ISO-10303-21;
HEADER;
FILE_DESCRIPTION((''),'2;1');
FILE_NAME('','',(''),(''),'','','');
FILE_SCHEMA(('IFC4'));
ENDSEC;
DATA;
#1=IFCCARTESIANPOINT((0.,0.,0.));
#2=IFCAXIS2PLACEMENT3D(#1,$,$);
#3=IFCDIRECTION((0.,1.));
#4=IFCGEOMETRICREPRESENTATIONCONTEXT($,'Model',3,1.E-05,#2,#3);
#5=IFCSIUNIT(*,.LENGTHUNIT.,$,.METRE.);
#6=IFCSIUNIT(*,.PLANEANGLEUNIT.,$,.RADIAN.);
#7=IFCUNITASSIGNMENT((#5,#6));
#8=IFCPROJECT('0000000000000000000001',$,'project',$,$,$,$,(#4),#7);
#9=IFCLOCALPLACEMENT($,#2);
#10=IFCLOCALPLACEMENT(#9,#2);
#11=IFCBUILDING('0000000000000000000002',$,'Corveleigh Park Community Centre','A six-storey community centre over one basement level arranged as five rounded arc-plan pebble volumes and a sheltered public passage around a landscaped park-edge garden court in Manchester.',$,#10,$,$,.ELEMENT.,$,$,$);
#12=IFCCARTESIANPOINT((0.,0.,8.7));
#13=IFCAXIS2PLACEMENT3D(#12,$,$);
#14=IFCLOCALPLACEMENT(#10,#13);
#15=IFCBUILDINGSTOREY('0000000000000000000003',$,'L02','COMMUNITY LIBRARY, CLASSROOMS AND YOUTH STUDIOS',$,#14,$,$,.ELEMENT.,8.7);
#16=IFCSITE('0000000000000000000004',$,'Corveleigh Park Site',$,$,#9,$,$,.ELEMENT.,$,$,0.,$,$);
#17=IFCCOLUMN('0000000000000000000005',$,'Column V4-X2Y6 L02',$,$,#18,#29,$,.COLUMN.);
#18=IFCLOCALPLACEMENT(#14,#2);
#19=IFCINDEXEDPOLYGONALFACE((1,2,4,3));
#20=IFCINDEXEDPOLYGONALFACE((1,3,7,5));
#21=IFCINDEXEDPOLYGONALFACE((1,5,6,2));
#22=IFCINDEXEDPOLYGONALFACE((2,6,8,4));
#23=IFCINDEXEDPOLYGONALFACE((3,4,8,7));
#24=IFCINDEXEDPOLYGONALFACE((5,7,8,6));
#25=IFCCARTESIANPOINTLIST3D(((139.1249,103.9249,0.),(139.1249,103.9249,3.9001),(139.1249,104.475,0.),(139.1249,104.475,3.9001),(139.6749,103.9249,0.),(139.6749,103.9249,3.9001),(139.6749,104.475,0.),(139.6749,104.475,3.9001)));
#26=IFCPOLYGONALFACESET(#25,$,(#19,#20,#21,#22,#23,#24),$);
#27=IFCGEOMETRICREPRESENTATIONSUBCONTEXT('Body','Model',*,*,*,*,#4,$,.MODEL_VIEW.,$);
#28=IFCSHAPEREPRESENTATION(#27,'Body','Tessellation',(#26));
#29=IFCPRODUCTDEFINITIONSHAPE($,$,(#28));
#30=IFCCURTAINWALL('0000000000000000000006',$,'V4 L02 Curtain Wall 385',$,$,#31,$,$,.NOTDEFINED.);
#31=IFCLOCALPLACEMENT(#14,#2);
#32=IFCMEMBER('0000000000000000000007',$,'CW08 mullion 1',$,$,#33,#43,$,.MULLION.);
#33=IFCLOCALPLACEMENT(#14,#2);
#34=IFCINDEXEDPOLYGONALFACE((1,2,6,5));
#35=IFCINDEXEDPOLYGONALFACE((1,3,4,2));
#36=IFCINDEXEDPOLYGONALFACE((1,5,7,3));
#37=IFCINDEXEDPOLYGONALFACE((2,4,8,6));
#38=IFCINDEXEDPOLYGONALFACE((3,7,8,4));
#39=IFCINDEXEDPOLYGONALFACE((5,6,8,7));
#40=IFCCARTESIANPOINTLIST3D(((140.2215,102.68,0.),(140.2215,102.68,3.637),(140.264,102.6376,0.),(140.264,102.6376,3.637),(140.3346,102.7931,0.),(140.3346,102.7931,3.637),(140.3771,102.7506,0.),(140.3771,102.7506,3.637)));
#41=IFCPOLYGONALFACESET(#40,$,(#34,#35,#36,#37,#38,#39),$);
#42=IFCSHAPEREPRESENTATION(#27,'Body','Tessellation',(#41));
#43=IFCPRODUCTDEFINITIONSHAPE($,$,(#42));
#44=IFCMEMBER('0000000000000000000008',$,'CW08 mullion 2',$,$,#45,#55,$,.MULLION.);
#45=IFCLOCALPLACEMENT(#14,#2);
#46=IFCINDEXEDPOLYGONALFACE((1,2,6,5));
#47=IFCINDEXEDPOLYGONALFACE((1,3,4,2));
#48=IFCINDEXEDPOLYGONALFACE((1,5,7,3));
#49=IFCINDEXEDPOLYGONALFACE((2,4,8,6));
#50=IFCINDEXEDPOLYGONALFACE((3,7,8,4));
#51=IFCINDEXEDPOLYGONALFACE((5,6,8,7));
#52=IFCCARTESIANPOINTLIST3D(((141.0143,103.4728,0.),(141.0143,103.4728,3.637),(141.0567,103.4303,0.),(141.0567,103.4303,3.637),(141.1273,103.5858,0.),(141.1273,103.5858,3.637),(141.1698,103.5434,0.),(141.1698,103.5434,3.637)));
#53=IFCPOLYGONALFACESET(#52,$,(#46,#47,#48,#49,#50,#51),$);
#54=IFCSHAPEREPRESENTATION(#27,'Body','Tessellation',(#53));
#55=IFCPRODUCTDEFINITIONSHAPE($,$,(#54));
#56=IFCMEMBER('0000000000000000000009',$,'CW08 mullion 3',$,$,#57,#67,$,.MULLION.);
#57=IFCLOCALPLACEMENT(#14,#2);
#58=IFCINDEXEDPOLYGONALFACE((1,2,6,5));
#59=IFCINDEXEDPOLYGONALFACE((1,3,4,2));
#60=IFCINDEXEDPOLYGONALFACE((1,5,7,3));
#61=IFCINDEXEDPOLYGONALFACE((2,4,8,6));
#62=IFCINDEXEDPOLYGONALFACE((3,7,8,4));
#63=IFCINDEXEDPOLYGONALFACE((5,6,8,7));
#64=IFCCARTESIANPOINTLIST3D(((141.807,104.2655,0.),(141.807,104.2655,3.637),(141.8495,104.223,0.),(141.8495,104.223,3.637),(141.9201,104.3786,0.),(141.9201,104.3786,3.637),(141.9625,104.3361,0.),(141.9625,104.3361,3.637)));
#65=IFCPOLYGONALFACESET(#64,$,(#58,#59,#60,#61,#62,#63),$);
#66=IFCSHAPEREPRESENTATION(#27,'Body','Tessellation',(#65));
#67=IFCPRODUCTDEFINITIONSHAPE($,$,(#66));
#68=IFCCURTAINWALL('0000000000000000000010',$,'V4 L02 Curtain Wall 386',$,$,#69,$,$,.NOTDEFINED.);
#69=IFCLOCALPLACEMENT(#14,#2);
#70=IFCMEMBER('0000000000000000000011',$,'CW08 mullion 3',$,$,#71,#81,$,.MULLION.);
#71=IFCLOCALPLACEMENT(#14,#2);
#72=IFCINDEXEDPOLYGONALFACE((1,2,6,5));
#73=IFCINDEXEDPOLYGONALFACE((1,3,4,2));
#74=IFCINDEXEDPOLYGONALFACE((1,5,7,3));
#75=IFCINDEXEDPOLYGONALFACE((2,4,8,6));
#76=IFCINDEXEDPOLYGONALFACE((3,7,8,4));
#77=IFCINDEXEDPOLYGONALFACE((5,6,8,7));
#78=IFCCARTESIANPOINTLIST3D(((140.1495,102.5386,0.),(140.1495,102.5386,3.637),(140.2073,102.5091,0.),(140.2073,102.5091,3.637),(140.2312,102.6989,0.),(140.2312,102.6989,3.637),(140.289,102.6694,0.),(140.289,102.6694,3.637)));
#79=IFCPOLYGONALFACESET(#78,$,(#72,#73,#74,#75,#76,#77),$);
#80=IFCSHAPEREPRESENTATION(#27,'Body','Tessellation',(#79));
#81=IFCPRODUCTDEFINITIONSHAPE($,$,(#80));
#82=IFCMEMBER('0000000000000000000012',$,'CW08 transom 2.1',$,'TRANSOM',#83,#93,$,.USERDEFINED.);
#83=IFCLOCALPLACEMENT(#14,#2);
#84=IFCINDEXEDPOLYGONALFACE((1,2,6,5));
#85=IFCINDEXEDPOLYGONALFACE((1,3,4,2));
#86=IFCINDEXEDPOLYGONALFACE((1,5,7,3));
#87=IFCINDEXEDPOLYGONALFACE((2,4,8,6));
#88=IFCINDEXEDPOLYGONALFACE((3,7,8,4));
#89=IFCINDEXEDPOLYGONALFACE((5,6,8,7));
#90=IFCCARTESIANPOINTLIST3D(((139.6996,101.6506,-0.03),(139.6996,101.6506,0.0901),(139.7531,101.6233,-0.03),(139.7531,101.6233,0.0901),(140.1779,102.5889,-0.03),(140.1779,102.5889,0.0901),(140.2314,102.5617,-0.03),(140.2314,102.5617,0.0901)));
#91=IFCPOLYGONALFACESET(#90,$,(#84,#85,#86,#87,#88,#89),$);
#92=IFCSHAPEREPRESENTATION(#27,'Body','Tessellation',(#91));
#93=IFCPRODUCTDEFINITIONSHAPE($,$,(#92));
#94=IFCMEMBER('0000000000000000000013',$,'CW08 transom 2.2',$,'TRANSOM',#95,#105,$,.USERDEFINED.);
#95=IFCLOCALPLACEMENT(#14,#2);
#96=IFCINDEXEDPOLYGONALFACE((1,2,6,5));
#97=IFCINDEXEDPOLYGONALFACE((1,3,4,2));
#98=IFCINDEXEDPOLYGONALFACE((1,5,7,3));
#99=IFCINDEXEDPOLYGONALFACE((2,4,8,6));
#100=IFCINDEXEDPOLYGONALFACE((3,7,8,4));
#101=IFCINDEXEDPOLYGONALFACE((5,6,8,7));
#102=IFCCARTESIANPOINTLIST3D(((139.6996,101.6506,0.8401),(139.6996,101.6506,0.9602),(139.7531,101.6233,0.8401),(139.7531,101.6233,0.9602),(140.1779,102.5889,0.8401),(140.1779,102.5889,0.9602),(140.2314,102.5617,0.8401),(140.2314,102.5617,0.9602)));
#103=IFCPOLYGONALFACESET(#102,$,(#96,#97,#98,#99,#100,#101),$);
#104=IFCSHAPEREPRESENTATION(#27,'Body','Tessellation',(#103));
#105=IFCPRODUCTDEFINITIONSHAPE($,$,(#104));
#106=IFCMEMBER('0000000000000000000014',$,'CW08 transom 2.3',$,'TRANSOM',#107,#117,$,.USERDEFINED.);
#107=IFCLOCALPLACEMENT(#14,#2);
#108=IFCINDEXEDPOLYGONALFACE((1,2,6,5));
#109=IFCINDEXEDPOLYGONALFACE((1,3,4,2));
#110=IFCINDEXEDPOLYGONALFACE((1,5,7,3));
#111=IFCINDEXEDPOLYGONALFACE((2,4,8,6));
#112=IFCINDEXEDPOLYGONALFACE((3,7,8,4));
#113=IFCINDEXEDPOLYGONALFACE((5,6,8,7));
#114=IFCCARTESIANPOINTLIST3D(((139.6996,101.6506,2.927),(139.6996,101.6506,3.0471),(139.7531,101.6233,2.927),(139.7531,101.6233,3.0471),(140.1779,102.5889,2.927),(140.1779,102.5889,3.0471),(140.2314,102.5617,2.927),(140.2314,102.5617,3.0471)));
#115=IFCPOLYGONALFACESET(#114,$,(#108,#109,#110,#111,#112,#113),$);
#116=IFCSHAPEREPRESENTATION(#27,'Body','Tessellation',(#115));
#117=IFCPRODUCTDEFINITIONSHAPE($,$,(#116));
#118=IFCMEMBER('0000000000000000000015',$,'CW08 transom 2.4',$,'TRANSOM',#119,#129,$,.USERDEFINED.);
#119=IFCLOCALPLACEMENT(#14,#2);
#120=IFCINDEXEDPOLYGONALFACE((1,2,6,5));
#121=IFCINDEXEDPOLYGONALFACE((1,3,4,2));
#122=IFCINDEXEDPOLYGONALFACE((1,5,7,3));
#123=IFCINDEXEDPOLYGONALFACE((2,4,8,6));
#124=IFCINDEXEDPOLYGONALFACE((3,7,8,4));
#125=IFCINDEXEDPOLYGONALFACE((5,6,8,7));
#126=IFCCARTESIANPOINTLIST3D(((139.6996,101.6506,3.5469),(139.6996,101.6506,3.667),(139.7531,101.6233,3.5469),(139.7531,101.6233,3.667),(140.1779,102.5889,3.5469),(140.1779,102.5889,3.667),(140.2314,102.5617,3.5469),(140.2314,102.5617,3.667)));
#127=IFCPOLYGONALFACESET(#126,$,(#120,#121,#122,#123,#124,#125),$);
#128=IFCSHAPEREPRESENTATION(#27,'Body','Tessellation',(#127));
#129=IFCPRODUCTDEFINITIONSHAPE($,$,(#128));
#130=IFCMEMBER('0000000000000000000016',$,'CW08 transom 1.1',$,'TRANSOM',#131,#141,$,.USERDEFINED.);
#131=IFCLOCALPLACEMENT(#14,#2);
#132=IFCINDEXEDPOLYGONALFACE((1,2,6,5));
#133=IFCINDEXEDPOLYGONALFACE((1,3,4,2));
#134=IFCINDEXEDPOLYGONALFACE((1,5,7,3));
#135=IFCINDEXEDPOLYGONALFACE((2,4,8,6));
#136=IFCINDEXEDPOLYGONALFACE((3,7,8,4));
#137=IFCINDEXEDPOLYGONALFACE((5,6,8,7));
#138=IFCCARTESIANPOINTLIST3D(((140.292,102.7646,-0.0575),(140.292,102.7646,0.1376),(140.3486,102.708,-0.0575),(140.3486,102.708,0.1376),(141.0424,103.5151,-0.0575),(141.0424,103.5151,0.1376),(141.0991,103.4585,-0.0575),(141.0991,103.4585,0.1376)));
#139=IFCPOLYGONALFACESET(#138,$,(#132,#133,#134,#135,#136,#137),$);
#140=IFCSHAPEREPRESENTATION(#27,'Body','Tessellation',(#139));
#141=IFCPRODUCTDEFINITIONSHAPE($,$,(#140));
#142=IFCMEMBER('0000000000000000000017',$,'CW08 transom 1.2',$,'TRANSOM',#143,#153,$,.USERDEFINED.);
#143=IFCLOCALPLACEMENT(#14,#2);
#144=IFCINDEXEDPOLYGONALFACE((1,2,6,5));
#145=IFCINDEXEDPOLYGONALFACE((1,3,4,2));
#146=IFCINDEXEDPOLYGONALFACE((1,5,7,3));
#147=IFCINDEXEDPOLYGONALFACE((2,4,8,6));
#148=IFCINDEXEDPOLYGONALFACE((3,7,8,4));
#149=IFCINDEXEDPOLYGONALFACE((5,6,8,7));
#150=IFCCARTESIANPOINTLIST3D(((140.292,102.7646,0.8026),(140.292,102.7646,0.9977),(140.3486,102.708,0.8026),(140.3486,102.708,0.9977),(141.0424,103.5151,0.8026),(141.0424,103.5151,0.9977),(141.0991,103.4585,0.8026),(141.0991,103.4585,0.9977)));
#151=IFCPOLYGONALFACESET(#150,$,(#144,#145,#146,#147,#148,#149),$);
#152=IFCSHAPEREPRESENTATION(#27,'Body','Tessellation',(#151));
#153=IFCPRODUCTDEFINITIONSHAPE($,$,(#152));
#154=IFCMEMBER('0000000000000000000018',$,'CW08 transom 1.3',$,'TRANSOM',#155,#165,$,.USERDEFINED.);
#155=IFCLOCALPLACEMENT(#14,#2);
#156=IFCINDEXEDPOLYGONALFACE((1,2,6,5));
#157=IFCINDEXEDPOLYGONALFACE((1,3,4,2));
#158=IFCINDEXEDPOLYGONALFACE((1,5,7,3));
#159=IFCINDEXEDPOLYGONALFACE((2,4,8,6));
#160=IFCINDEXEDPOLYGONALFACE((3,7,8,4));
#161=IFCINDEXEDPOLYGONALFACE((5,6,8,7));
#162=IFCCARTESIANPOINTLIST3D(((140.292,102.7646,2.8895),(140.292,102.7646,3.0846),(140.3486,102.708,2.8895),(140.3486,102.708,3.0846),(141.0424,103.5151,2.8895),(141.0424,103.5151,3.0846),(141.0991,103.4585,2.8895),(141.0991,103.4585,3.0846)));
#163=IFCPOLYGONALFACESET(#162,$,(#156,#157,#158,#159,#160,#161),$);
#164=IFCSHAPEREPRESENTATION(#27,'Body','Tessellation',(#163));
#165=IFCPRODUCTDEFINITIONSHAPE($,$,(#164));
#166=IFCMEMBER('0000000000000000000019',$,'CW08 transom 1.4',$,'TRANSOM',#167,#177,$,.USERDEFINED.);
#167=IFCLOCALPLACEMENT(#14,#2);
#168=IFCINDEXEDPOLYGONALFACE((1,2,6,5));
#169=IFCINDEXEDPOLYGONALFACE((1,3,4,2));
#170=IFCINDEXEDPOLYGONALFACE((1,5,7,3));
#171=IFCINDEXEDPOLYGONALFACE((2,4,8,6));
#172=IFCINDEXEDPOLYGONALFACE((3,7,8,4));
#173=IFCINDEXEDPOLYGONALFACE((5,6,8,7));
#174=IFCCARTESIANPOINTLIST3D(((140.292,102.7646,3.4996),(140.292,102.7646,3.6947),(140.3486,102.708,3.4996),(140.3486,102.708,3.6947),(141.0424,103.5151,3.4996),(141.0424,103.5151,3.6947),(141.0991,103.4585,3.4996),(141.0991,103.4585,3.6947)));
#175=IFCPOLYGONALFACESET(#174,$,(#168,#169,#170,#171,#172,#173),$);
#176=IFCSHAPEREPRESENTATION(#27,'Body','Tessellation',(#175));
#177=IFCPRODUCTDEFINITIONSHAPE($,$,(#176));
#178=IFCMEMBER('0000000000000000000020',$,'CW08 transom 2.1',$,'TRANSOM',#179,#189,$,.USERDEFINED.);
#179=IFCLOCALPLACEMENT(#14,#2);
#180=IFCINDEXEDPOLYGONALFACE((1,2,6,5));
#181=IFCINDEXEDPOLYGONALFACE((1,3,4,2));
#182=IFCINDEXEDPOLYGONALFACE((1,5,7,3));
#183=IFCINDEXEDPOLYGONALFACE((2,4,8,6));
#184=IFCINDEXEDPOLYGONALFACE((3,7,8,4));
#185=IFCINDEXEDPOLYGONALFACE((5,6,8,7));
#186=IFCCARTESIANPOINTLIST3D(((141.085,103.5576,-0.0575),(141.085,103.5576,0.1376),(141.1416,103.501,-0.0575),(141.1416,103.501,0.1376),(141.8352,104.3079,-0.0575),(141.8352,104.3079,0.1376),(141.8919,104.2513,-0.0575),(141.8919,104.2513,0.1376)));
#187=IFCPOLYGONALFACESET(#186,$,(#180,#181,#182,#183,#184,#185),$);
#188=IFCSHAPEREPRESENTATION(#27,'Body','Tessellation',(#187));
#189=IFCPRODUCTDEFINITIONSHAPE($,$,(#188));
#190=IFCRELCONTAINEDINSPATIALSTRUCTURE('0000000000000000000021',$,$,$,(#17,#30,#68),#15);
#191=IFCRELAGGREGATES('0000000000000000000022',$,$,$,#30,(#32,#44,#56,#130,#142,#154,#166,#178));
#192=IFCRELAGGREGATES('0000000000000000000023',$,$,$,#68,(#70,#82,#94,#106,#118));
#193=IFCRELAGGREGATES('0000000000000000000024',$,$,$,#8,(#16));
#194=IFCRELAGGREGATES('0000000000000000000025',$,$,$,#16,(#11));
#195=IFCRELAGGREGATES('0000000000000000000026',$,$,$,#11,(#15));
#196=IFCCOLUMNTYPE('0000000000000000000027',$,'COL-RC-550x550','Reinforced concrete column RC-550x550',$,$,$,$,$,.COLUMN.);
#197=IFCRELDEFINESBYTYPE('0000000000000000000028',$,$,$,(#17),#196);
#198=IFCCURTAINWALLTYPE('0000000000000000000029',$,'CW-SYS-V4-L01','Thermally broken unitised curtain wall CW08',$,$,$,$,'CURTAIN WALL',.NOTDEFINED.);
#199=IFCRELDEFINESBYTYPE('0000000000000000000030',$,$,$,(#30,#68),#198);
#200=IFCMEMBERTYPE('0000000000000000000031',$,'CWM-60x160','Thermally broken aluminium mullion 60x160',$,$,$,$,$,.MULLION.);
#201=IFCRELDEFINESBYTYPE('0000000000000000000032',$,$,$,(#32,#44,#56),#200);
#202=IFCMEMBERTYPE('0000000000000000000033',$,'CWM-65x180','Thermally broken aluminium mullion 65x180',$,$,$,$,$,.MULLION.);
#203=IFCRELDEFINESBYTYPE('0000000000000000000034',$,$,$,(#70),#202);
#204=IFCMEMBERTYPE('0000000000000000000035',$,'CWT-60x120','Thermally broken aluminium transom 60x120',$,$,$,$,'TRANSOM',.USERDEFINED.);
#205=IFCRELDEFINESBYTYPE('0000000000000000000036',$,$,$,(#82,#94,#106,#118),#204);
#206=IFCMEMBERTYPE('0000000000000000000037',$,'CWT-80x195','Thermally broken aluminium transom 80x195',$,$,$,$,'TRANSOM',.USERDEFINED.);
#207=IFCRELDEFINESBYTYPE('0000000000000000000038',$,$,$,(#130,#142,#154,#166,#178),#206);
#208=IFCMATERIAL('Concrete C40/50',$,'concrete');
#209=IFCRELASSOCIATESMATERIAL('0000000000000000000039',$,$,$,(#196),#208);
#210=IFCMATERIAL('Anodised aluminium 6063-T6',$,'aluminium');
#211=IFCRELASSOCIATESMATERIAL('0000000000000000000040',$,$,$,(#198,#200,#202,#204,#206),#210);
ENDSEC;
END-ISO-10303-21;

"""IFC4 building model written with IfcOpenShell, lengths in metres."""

from ifc_helpers import new_model, si_unit, direction, frame, origin, origin_2d, place, context, subcontext, project, spatial, rectangle, extrude, material, material_profile, profile_set, type_object, element, aggregate, save


model = new_model("IFC4")

# Units and contexts
model_context = context("Model", 3, precision=1e-05, world=origin(), true_north=direction((0.0, 1.0)))
body_context = subcontext(model_context, "Body", "Model", "MODEL_VIEW")
ifc_project = project(units=[si_unit("LENGTHUNIT", "METRE"), si_unit("PLANEANGLEUNIT", "RADIAN")], contexts=[model_context])

# Site, building, storey
site_placement = place(None, origin())
site = spatial("IfcSite", under=ifc_project, at=site_placement, Name="Corveleigh Park Site", CompositionType="ELEMENT", RefElevation=0.0)
building_placement = place(site_placement, origin())
building = spatial("IfcBuilding", under=site, at=building_placement, Name="Corveleigh Park Community Centre", Description="A six-storey community centre over one basement level arranged as five rounded arc-plan pebble volumes and a sheltered public passage around a landscaped park-edge garden court in Manchester.", CompositionType="ELEMENT")
storey_placement = place(building_placement, frame((0.0, 0.0, 8.7)))
storey = spatial("IfcBuildingStorey", under=building, at=storey_placement, Name="L02", Description="COMMUNITY LIBRARY, CLASSROOMS AND YOUTH STUDIOS", CompositionType="ELEMENT", Elevation=8.7)

# Column
ifc_material_1 = material(Name="Concrete C40/50", Category="concrete")
ifc_material_profile_1 = material_profile(ifc_material_1, rectangle(XDim=0.55, YDim=0.55, at=origin_2d()), Name="RC-550x550", Category="concrete")
ifc_profile_set_1 = profile_set([ifc_material_profile_1], Name="Concrete C40/50")
column_type = type_object("IfcColumnType", Name="COL-RC-550x550", Description="Reinforced concrete column RC-550x550", PredefinedType="COLUMN", material=ifc_profile_set_1)
column_placement = place(storey_placement, frame((139.3999, 104.2, 0.0), z_axis=(0.0, 0.0, 1.0), x_axis=(1.0, 0.0, 0.0)))
element("IfcColumn", 1, at=column_placement, inside=storey, type_object=column_type, Name="Column V4-X2Y6 L02", PredefinedType="COLUMN", context=body_context, shape_type="SweptSolid", body=[
    extrude(rectangle(XDim=0.55, YDim=0.55, at=origin_2d()), origin(), (0.0, 0.0, 1.0), 3.9001),
])

# Curtain walls, members
ifc_material_2 = material(Name="Anodised aluminium 6063-T6", Category="aluminium")
curtain_wall_type = type_object("IfcCurtainWallType", Name="CW-SYS-V4-L01", Description="Thermally broken unitised curtain wall CW08", ElementType="CURTAIN WALL", PredefinedType="NOTDEFINED", material=ifc_material_2)
curtain_wall_1_placement = place(storey_placement, origin())
curtain_wall_1 = element("IfcCurtainWall", 2, at=curtain_wall_1_placement, inside=storey, type_object=curtain_wall_type, Name="V4 L02 Curtain Wall 385", PredefinedType="NOTDEFINED")
ifc_material_profile_2 = material_profile(ifc_material_2, rectangle(XDim=0.0601, YDim=0.1599, at=origin_2d()), Name="ALU-M60x160", Category="aluminium")
ifc_profile_set_2 = profile_set([ifc_material_profile_2], Name="Anodised aluminium 6063-T6")
member_type_1 = type_object("IfcMemberType", Name="CWM-60x160", Description="Thermally broken aluminium mullion 60x160", PredefinedType="MULLION", material=ifc_profile_set_2)
member_1_placement = place(storey_placement, frame((140.2993, 102.7153, 0.0), z_axis=(0.0, 0.0, 1.0), x_axis=(-0.707107, 0.707107, 0.0)))
member_1 = element("IfcMember", 3, at=member_1_placement, type_object=member_type_1, Name="CW08 mullion 1", PredefinedType="MULLION", context=body_context, shape_type="SweptSolid", body=[
    extrude(rectangle(XDim=0.0601, YDim=0.1599, at=origin_2d()), origin(), (0.0, 0.0, 1.0), 3.637),
])
member_2_placement = place(storey_placement, frame((141.092, 103.5081, 0.0), z_axis=(0.0, 0.0, 1.0), x_axis=(-0.707107, 0.707107, 0.0)))
member_2 = element("IfcMember", 4, at=member_2_placement, type_object=member_type_1, Name="CW08 mullion 2", PredefinedType="MULLION", context=body_context, shape_type="SweptSolid", body=[
    extrude(rectangle(XDim=0.0601, YDim=0.1599, at=origin_2d()), origin(), (0.0, 0.0, 1.0), 3.637),
])
member_3_placement = place(storey_placement, frame((141.8848, 104.3008, 0.0), z_axis=(0.0, 0.0, 1.0), x_axis=(-0.707107, 0.707107, 0.0)))
member_3 = element("IfcMember", 5, at=member_3_placement, type_object=member_type_1, Name="CW08 mullion 3", PredefinedType="MULLION", context=body_context, shape_type="SweptSolid", body=[
    extrude(rectangle(XDim=0.0601, YDim=0.1599, at=origin_2d()), origin(), (0.0, 0.0, 1.0), 3.637),
])
curtain_wall_2_placement = place(storey_placement, origin())
curtain_wall_2 = element("IfcCurtainWall", 6, at=curtain_wall_2_placement, inside=storey, type_object=curtain_wall_type, Name="V4 L02 Curtain Wall 386", PredefinedType="NOTDEFINED")
ifc_material_profile_3 = material_profile(ifc_material_2, rectangle(XDim=0.0649, YDim=0.1799, at=origin_2d()), Name="ALU-M65x180", Category="aluminium")
ifc_profile_set_3 = profile_set([ifc_material_profile_3], Name="Anodised aluminium 6063-T6")
member_type_2 = type_object("IfcMemberType", Name="CWM-65x180", Description="Thermally broken aluminium mullion 65x180", PredefinedType="MULLION", material=ifc_profile_set_3)
member_4_placement = place(storey_placement, frame((140.2192, 102.604, 0.0), z_axis=(0.0, 0.0, 1.0), x_axis=(-0.890923, 0.454154, 0.0)))
member_4 = element("IfcMember", 7, at=member_4_placement, type_object=member_type_2, Name="CW08 mullion 3", PredefinedType="MULLION", context=body_context, shape_type="SweptSolid", body=[
    extrude(rectangle(XDim=0.0649, YDim=0.1799, at=origin_2d()), origin(), (0.0, 0.0, 1.0), 3.637),
])
ifc_material_profile_4 = material_profile(ifc_material_2, rectangle(XDim=0.0601, YDim=0.1201, at=origin_2d()), Name="ALU-T60x120", Category="aluminium")
ifc_profile_set_4 = profile_set([ifc_material_profile_4], Name="Anodised aluminium 6063-T6")
member_type_3 = type_object("IfcMemberType", Name="CWT-60x120", Description="Thermally broken aluminium transom 60x120", ElementType="TRANSOM", PredefinedType="USERDEFINED", material=ifc_profile_set_4)
member_5_placement = place(storey_placement, frame((139.7263, 101.637, 0.03), z_axis=(0.454155, 0.890923, 0.0), x_axis=(-0.890923, 0.454155, 0.0)))
member_5 = element("IfcMember", 8, at=member_5_placement, type_object=member_type_3, Name="CW08 transom 2.1", ObjectType="TRANSOM", PredefinedType="USERDEFINED", context=body_context, shape_type="SweptSolid", body=[
    extrude(rectangle(XDim=0.0601, YDim=0.1201, at=origin_2d()), origin(), (0.0, 0.0, 1.0), 1.0532),
])
member_6_placement = place(storey_placement, frame((139.7263, 101.637, 0.9001), z_axis=(0.454155, 0.890923, 0.0), x_axis=(-0.890923, 0.454155, 0.0)))
member_6 = element("IfcMember", 9, at=member_6_placement, type_object=member_type_3, Name="CW08 transom 2.2", ObjectType="TRANSOM", PredefinedType="USERDEFINED", context=body_context, shape_type="SweptSolid", body=[
    extrude(rectangle(XDim=0.0601, YDim=0.1201, at=origin_2d()), origin(), (0.0, 0.0, 1.0), 1.0532),
])
member_7_placement = place(storey_placement, frame((139.7263, 101.637, 2.9871), z_axis=(0.454155, 0.890923, 0.0), x_axis=(-0.890923, 0.454155, 0.0)))
member_7 = element("IfcMember", 10, at=member_7_placement, type_object=member_type_3, Name="CW08 transom 2.3", ObjectType="TRANSOM", PredefinedType="USERDEFINED", context=body_context, shape_type="SweptSolid", body=[
    extrude(rectangle(XDim=0.0601, YDim=0.1201, at=origin_2d()), origin(), (0.0, 0.0, 1.0), 1.0532),
])
member_8_placement = place(storey_placement, frame((139.7263, 101.637, 3.6069), z_axis=(0.454155, 0.890923, 0.0), x_axis=(-0.890923, 0.454155, 0.0)))
member_8 = element("IfcMember", 11, at=member_8_placement, type_object=member_type_3, Name="CW08 transom 2.4", ObjectType="TRANSOM", PredefinedType="USERDEFINED", context=body_context, shape_type="SweptSolid", body=[
    extrude(rectangle(XDim=0.0601, YDim=0.1201, at=origin_2d()), origin(), (0.0, 0.0, 1.0), 1.0532),
])

# Members
ifc_material_profile_5 = material_profile(ifc_material_2, rectangle(XDim=0.0801, YDim=0.1951, at=origin_2d()), Name="ALU-T80x195", Category="aluminium")
ifc_profile_set_5 = profile_set([ifc_material_profile_5], Name="Anodised aluminium 6063-T6")
member_type_4 = type_object("IfcMemberType", Name="CWT-80x195", Description="Thermally broken aluminium transom 80x195", ElementType="TRANSOM", PredefinedType="USERDEFINED", material=ifc_profile_set_5)
member_9_placement = place(storey_placement, frame((140.3203, 102.7363, 0.04), z_axis=(0.707107, 0.707107, 0.0), x_axis=(-0.707107, 0.707107, 0.0)))
member_9 = element("IfcMember", 12, at=member_9_placement, type_object=member_type_4, Name="CW08 transom 1.1", ObjectType="TRANSOM", PredefinedType="USERDEFINED", context=body_context, shape_type="SweptSolid", body=[
    extrude(rectangle(XDim=0.0801, YDim=0.1951, at=origin_2d()), origin(), (0.0, 0.0, 1.0), 1.0613),
])
member_10_placement = place(storey_placement, frame((140.3203, 102.7363, 0.9001), z_axis=(0.707107, 0.707107, 0.0), x_axis=(-0.707107, 0.707107, 0.0)))
member_10 = element("IfcMember", 13, at=member_10_placement, type_object=member_type_4, Name="CW08 transom 1.2", ObjectType="TRANSOM", PredefinedType="USERDEFINED", context=body_context, shape_type="SweptSolid", body=[
    extrude(rectangle(XDim=0.0801, YDim=0.1951, at=origin_2d()), origin(), (0.0, 0.0, 1.0), 1.0613),
])
member_11_placement = place(storey_placement, frame((140.3203, 102.7363, 2.9871), z_axis=(0.707107, 0.707107, 0.0), x_axis=(-0.707107, 0.707107, 0.0)))
member_11 = element("IfcMember", 14, at=member_11_placement, type_object=member_type_4, Name="CW08 transom 1.3", ObjectType="TRANSOM", PredefinedType="USERDEFINED", context=body_context, shape_type="SweptSolid", body=[
    extrude(rectangle(XDim=0.0801, YDim=0.1951, at=origin_2d()), origin(), (0.0, 0.0, 1.0), 1.0613),
])
member_12_placement = place(storey_placement, frame((140.3203, 102.7363, 3.5972), z_axis=(0.707107, 0.707107, 0.0), x_axis=(-0.707107, 0.707107, 0.0)))
member_12 = element("IfcMember", 15, at=member_12_placement, type_object=member_type_4, Name="CW08 transom 1.4", ObjectType="TRANSOM", PredefinedType="USERDEFINED", context=body_context, shape_type="SweptSolid", body=[
    extrude(rectangle(XDim=0.0801, YDim=0.1951, at=origin_2d()), origin(), (0.0, 0.0, 1.0), 1.0613),
])
member_13_placement = place(storey_placement, frame((141.1133, 103.5293, 0.04), z_axis=(0.707107, 0.707107, 0.0), x_axis=(-0.707107, 0.707107, 0.0)))
member_13 = element("IfcMember", 16, at=member_13_placement, type_object=member_type_4, Name="CW08 transom 2.1", ObjectType="TRANSOM", PredefinedType="USERDEFINED", context=body_context, shape_type="SweptSolid", body=[
    extrude(rectangle(XDim=0.0801, YDim=0.1951, at=origin_2d()), origin(), (0.0, 0.0, 1.0), 1.061),
])

aggregate(curtain_wall_1, [member_1, member_2, member_3, member_9, member_10, member_11, member_12, member_13])
aggregate(curtain_wall_2, [member_4, member_5, member_6, member_7, member_8])

save(model, "model.ifc")
